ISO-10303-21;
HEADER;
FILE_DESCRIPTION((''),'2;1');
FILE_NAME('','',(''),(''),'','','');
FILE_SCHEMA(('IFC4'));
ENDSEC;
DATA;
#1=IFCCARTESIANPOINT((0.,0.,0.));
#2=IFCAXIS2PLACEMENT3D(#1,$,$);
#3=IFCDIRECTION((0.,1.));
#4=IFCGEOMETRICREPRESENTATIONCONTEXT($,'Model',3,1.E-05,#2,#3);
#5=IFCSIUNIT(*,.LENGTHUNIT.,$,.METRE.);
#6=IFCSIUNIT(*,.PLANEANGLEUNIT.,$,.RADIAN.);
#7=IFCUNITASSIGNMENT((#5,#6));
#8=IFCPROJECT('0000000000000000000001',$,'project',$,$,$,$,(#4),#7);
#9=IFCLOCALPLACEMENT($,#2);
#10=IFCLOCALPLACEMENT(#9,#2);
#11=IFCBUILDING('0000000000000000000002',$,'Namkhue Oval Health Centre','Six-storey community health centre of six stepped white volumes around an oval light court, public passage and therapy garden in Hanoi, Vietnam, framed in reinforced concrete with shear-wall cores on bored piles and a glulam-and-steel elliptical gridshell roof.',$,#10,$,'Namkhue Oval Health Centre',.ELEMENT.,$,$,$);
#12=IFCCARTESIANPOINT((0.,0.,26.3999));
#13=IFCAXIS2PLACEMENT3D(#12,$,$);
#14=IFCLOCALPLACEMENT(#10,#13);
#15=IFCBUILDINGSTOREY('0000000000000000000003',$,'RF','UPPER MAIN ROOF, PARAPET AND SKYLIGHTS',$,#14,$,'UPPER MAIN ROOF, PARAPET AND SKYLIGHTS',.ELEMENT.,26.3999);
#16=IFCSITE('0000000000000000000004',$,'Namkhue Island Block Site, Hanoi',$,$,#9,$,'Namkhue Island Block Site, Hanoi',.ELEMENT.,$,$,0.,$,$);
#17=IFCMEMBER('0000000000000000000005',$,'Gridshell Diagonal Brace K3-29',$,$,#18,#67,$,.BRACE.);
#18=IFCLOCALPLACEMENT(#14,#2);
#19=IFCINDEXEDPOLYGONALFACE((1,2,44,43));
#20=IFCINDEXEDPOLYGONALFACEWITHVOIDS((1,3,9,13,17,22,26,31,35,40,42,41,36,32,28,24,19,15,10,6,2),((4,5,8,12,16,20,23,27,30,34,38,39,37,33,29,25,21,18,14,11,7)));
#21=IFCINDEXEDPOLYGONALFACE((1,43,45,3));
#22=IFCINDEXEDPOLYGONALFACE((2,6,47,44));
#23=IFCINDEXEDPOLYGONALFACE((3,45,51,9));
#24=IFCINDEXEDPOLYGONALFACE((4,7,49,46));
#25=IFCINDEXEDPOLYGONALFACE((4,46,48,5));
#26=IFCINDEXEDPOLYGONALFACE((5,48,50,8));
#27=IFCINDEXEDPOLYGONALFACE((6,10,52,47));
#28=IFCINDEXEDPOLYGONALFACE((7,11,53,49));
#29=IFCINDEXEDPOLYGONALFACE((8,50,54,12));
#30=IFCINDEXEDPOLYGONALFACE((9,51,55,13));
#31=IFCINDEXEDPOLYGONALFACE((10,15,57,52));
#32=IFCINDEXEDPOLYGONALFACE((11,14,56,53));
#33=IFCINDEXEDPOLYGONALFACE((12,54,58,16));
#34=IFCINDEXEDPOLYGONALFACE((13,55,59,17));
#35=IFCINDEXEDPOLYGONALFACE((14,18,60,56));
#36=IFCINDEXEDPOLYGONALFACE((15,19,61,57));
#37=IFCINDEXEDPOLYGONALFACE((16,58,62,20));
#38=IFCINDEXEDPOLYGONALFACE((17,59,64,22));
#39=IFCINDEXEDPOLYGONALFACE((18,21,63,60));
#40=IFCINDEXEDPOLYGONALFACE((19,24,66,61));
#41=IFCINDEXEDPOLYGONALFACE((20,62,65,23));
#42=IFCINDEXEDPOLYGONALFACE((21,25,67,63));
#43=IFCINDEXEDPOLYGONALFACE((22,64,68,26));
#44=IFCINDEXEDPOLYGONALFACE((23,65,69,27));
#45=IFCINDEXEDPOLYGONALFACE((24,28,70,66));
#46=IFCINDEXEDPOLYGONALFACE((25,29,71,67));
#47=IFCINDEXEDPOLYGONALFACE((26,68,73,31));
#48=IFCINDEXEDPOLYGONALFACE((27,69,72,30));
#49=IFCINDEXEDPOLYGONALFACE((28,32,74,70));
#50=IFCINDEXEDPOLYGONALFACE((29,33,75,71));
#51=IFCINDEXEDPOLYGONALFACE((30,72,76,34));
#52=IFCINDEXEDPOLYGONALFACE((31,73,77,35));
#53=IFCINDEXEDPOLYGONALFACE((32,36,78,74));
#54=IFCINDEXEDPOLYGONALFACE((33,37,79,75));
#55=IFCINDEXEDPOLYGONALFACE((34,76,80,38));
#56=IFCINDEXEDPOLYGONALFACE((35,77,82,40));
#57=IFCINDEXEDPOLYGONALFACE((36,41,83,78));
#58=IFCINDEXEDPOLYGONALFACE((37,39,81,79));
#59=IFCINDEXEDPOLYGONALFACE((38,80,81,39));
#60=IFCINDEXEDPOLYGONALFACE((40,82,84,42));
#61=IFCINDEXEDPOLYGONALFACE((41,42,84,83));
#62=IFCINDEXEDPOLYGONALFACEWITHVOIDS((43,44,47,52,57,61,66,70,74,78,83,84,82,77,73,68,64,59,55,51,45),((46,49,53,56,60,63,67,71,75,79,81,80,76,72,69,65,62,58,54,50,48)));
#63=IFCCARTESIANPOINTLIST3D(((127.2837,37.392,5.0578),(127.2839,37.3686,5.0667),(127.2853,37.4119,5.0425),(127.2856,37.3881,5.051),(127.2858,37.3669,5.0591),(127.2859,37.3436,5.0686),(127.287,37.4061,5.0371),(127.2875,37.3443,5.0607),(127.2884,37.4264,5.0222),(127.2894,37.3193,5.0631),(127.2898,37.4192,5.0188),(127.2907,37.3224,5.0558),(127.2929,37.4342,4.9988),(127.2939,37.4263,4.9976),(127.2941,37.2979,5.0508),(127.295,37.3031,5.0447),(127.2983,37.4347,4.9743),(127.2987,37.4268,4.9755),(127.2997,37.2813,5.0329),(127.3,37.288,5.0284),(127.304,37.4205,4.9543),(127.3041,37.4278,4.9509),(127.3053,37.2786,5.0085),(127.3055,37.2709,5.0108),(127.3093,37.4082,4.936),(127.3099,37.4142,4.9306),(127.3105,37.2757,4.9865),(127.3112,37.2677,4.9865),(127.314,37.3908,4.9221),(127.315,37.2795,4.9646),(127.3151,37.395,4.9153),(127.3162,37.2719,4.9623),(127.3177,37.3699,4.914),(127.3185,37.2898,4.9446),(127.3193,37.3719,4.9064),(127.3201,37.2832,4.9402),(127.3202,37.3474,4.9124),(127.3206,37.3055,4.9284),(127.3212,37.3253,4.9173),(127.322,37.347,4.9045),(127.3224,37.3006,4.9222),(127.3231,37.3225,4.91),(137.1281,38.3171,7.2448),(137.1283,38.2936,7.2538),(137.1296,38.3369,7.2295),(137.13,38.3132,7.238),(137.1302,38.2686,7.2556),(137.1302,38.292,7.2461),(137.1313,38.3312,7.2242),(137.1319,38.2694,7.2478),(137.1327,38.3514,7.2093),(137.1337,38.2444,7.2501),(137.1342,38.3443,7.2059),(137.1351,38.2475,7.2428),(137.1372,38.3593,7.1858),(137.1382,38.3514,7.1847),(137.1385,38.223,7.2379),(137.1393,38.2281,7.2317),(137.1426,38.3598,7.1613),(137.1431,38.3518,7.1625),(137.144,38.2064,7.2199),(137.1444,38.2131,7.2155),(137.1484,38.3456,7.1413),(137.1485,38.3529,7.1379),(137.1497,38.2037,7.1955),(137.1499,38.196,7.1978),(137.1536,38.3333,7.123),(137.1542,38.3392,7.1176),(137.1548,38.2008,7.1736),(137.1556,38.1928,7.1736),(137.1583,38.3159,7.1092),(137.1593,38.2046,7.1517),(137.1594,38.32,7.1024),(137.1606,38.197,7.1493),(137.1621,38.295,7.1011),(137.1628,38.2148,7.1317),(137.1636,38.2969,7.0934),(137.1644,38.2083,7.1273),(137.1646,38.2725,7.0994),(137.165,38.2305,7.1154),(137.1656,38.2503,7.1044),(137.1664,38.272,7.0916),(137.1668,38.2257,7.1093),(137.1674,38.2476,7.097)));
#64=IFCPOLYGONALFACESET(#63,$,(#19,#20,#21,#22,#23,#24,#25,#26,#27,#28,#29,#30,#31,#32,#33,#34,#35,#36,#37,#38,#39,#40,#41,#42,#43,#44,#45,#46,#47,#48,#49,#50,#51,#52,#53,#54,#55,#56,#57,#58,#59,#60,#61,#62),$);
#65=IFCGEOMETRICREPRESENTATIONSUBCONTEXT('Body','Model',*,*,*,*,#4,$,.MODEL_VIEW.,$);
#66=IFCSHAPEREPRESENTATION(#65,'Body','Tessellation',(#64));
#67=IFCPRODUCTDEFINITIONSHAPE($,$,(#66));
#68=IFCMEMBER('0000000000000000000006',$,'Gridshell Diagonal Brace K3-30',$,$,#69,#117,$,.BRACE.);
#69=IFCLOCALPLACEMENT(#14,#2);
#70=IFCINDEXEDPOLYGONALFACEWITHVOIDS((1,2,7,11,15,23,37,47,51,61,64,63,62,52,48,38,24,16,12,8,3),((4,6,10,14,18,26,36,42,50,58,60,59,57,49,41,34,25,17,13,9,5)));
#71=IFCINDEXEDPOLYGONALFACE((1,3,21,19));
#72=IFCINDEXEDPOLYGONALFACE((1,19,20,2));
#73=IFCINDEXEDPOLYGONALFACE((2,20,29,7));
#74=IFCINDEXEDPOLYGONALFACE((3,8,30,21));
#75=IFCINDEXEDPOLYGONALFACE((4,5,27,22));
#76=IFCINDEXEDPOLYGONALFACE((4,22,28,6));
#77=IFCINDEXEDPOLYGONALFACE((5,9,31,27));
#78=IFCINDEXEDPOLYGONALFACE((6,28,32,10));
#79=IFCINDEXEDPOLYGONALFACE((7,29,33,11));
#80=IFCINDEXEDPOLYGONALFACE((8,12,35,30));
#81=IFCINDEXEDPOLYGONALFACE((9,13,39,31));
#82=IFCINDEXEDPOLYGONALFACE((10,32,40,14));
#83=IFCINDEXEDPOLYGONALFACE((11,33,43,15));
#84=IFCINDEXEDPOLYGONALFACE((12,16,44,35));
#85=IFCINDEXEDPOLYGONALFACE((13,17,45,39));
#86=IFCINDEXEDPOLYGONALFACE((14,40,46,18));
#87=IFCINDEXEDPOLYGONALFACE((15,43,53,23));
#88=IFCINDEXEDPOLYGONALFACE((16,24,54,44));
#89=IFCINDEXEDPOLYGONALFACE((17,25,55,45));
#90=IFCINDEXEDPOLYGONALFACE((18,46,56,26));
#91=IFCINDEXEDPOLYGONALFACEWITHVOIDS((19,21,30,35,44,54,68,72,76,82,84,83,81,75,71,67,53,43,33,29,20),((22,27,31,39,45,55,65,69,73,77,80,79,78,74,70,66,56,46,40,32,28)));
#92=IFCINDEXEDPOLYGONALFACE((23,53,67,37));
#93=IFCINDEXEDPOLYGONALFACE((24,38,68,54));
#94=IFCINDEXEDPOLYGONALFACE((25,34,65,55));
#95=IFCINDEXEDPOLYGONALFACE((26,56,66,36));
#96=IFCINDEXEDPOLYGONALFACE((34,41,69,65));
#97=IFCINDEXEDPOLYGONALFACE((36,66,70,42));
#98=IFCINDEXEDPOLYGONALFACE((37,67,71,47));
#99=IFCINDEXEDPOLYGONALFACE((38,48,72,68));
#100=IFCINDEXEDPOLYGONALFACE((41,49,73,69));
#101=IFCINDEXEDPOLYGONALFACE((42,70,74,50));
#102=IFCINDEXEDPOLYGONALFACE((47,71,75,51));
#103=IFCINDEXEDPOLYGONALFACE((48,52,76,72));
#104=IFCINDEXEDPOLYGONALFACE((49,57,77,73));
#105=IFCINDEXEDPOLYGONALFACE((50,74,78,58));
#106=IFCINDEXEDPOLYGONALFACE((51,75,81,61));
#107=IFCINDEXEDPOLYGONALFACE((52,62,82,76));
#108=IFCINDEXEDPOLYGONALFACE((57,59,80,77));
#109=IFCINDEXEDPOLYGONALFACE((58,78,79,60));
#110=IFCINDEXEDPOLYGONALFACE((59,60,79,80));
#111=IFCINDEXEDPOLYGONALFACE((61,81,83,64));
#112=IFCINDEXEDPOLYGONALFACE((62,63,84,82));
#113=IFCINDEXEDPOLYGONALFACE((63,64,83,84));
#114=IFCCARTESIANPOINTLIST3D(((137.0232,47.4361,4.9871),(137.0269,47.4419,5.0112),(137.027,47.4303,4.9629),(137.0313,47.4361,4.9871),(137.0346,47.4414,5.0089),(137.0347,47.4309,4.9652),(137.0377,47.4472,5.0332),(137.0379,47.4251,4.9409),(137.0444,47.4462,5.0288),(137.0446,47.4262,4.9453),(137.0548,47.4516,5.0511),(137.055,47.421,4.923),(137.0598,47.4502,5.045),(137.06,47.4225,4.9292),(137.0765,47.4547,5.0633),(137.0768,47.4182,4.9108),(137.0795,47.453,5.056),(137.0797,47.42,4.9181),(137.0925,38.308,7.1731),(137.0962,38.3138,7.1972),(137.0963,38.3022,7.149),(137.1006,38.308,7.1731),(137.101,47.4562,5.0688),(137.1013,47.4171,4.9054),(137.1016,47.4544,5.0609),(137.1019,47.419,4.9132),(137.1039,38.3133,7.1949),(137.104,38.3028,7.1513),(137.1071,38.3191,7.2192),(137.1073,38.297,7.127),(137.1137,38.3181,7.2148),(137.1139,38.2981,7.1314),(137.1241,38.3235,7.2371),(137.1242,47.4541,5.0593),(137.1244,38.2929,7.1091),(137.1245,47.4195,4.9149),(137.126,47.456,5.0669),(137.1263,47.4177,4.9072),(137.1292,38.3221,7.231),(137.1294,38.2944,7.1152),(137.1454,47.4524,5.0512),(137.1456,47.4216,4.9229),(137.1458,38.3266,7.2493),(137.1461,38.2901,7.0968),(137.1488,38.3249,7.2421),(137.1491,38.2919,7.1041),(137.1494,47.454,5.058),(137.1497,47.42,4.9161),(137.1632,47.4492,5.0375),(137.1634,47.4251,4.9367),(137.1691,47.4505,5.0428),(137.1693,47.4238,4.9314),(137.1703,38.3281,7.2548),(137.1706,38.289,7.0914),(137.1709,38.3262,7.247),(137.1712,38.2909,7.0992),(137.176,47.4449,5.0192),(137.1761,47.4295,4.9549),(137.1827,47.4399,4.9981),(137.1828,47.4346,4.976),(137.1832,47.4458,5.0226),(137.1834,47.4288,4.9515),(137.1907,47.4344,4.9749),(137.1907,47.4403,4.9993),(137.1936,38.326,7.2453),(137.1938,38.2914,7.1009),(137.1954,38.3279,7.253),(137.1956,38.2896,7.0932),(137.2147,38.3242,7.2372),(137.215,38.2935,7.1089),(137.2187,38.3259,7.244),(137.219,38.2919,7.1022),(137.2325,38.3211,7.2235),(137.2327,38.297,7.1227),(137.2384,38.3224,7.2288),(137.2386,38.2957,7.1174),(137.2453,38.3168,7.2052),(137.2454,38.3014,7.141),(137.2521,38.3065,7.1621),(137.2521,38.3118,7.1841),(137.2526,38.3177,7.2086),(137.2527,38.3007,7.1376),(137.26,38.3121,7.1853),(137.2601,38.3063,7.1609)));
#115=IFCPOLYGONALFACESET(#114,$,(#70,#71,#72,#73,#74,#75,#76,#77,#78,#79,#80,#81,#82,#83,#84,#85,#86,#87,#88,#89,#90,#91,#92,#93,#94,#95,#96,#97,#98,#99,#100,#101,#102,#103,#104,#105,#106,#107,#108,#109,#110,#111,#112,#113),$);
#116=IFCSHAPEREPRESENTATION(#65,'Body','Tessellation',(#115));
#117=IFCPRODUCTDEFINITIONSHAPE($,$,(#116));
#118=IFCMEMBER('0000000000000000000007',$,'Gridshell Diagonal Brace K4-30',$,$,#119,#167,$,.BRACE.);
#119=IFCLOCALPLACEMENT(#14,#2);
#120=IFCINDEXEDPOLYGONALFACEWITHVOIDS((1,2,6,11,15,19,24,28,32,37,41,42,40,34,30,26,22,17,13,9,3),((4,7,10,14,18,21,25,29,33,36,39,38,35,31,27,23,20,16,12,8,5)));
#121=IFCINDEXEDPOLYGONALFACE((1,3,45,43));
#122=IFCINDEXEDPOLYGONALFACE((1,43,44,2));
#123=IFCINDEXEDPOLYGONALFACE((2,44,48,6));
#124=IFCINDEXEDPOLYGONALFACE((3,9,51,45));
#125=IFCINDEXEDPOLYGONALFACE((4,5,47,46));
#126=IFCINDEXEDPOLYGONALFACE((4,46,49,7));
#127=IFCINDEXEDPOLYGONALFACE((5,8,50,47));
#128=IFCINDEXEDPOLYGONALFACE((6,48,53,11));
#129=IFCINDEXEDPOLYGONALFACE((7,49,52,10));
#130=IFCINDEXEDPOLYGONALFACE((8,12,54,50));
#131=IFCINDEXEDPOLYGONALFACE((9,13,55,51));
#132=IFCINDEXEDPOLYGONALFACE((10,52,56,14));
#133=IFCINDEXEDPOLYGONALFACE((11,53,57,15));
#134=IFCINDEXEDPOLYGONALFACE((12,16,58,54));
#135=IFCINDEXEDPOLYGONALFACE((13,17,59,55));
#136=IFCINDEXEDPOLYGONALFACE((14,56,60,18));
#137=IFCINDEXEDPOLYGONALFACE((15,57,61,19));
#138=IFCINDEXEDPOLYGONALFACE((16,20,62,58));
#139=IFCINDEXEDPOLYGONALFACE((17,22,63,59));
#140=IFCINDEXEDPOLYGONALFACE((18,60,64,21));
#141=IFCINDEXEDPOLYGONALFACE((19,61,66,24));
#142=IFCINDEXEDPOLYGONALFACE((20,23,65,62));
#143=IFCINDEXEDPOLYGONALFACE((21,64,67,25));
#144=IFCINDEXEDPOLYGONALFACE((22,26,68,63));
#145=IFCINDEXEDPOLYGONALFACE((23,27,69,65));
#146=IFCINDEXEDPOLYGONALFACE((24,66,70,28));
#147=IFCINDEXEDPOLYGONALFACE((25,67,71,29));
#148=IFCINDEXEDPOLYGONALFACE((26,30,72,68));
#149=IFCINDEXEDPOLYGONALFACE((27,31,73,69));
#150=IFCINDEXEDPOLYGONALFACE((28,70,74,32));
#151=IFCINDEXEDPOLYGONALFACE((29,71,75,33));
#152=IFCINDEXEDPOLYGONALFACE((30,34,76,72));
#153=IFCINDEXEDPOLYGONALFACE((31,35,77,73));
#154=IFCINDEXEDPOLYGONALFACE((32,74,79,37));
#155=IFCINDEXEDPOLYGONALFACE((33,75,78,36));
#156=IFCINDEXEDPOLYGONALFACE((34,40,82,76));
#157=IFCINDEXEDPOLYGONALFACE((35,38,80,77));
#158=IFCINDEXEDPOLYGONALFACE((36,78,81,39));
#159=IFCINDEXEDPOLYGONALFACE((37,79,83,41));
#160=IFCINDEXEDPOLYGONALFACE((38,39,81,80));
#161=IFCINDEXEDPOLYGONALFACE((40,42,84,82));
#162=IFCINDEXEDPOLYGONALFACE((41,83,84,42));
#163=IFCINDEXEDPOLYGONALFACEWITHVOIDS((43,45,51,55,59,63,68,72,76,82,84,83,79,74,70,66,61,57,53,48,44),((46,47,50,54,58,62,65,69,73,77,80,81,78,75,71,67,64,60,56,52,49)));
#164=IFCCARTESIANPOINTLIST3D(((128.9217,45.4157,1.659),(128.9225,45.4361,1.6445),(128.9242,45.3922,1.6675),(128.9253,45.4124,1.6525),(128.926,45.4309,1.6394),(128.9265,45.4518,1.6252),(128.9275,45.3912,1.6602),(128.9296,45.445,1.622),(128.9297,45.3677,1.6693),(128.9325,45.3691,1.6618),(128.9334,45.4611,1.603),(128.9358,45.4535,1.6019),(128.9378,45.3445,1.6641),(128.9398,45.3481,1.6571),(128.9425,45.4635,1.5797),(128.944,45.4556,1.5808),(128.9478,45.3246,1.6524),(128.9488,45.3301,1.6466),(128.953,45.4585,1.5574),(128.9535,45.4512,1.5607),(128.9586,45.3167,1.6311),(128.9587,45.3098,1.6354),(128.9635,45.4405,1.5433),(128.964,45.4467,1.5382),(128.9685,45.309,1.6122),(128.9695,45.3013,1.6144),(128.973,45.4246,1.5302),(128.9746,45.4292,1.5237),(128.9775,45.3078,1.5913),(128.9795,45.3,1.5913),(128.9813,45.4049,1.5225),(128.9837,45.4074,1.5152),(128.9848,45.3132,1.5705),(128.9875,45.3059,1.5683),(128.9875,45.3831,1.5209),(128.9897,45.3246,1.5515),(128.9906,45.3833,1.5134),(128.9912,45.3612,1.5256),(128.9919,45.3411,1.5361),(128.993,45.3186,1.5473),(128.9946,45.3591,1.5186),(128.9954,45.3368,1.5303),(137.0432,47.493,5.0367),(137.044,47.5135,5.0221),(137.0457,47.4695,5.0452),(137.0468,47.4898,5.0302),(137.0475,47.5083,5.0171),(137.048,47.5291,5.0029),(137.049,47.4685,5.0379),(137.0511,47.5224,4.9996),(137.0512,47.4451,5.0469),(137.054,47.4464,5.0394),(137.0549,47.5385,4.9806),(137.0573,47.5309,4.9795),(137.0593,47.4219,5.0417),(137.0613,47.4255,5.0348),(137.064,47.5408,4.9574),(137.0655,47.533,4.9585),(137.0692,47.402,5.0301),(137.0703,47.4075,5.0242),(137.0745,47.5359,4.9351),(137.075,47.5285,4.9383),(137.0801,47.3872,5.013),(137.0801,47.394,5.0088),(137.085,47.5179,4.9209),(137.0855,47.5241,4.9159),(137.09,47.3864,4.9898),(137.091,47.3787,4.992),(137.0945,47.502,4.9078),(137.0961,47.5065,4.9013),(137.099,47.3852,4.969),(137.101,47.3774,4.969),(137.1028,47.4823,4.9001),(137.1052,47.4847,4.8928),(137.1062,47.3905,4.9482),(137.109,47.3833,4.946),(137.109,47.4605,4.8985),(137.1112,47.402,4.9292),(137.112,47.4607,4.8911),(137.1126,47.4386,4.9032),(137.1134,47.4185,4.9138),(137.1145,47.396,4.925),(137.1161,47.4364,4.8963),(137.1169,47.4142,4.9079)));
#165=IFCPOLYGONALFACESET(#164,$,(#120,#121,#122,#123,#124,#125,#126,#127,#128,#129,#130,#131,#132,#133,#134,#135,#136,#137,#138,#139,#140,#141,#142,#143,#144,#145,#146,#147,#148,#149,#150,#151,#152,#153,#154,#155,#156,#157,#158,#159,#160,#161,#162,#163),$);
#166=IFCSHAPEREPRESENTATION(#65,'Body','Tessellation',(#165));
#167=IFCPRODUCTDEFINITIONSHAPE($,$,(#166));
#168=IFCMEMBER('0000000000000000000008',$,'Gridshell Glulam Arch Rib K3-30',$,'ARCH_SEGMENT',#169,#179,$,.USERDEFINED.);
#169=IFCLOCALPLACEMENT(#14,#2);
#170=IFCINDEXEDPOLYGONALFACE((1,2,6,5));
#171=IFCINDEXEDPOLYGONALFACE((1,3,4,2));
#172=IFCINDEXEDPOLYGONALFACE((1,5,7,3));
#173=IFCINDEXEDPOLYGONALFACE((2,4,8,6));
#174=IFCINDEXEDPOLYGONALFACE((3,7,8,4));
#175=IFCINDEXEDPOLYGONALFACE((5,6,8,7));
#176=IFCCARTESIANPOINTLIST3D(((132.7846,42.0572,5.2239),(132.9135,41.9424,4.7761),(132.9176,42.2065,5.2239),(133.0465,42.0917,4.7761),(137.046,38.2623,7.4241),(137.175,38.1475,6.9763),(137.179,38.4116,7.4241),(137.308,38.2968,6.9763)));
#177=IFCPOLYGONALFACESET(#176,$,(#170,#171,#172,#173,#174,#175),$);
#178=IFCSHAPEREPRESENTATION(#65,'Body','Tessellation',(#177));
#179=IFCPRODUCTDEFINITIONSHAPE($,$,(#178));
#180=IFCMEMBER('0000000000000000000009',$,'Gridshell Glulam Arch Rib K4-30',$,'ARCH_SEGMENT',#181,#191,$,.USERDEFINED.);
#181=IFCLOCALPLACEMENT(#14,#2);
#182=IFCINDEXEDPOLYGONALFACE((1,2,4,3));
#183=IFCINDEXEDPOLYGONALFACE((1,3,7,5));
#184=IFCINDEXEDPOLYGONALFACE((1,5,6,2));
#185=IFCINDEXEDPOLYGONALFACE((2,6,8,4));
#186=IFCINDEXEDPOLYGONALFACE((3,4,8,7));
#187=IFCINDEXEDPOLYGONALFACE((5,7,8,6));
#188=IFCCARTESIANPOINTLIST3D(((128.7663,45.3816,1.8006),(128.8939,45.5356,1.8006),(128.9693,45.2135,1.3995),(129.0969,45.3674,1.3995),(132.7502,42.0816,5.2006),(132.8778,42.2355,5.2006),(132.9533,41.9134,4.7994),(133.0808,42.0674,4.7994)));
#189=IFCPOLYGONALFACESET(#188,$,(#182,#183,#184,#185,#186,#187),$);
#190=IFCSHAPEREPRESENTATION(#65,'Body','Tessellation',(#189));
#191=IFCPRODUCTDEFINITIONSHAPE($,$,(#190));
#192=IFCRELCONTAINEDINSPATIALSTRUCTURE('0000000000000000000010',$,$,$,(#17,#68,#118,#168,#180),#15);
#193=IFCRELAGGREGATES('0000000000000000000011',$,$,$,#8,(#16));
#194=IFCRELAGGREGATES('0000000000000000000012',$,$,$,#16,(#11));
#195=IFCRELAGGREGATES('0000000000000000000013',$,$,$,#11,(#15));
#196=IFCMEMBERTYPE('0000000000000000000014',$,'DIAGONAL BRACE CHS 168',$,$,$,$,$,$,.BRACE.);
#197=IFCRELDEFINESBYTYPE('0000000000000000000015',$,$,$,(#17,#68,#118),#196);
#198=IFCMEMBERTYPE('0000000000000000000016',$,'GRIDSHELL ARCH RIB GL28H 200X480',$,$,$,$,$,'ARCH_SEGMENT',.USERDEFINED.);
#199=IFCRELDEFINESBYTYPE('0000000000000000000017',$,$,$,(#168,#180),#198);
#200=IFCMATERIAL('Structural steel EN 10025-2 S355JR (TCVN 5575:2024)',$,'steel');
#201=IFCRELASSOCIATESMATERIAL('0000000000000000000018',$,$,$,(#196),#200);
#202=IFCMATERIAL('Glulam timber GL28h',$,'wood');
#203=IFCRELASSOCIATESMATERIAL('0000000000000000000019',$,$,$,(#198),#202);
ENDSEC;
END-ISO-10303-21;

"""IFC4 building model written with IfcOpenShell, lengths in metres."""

from ifc_helpers import new_model, si_unit, direction, frame, origin, origin_2d, place, context, subcontext, project, spatial, rectangle, hollow_circle, extrude, material, material_profile, profile_set, type_object, element, save


model = new_model("IFC4")

# Units and contexts
model_context = context("Model", 3, precision=1e-05, world=origin(), true_north=direction((0.0, 1.0)))
body_context = subcontext(model_context, "Body", "Model", "MODEL_VIEW")
ifc_project = project(units=[si_unit("LENGTHUNIT", "METRE"), si_unit("PLANEANGLEUNIT", "RADIAN")], contexts=[model_context])

# Site, building, storey
site_placement = place(None, origin())
site = spatial("IfcSite", under=ifc_project, at=site_placement, Name="Namkhue Island Block Site, Hanoi", LongName="Namkhue Island Block Site, Hanoi", CompositionType="ELEMENT", RefElevation=0.0)
building_placement = place(site_placement, origin())
building = spatial("IfcBuilding", under=site, at=building_placement, Name="Namkhue Oval Health Centre", Description="Six-storey community health centre of six stepped white volumes around an oval light court, public passage and therapy garden in Hanoi, Vietnam, framed in reinforced concrete with shear-wall cores on bored piles and a glulam-and-steel elliptical gridshell roof.", LongName="Namkhue Oval Health Centre", CompositionType="ELEMENT")
storey_placement = place(building_placement, frame((0.0, 0.0, 26.3999)))
storey = spatial("IfcBuildingStorey", under=building, at=storey_placement, Name="RF", Description="UPPER MAIN ROOF, PARAPET AND SKYLIGHTS", LongName="UPPER MAIN ROOF, PARAPET AND SKYLIGHTS", CompositionType="ELEMENT", Elevation=26.3999)

# Members
ifc_material_1 = material(Name="Structural steel EN 10025-2 S355JR (TCVN 5575:2024)", Category="steel")
ifc_material_profile_1 = material_profile(ifc_material_1, hollow_circle(Radius=0.0842, WallThickness=0.0081, at=origin_2d()), Name="CHS 168.3x8")
ifc_profile_set_1 = profile_set([ifc_material_profile_1], Name="Structural steel EN 10025-2 S355JR (TCVN 5575:2024)")
member_type_1 = type_object("IfcMemberType", Name="DIAGONAL BRACE CHS 168", PredefinedType="BRACE", material=ifc_profile_set_1)
member_1_placement = place(storey_placement, frame((137.1477, 38.2766, 7.1736), z_axis=(-0.972118, -0.091349, -0.215967), x_axis=(0.093556, -0.995614, 0.0)))
element("IfcMember", 1, at=member_1_placement, inside=storey, type_object=member_type_1, Name="Gridshell Diagonal Brace K3-29", PredefinedType="BRACE", context=body_context, shape_type="SweptSolid", body=[
    extrude(hollow_circle(Radius=0.0842, WallThickness=0.0081, at=origin_2d()), origin(), (0.0, 0.0, 1.0), 10.1267),
])
member_2_placement = place(storey_placement, frame((137.1768, 38.3086, 7.1731), z_axis=(-0.007387, 0.972475, -0.23289), x_axis=(-0.999971, -0.007596, 0.0)))
element("IfcMember", 2, at=member_2_placement, inside=storey, type_object=member_type_1, Name="Gridshell Diagonal Brace K3-30", PredefinedType="BRACE", context=body_context, shape_type="SweptSolid", body=[
    extrude(hollow_circle(Radius=0.0842, WallThickness=0.0081, at=origin_2d()), origin(), (0.0, 0.0, 1.0), 9.3865),
])
member_3_placement = place(storey_placement, frame((137.0801, 47.459, 4.969), z_axis=(-0.89861, -0.229852, -0.373723), x_axis=(0.247808, -0.968809, 0.0)))
element("IfcMember", 3, at=member_3_placement, inside=storey, type_object=member_type_1, Name="Gridshell Diagonal Brace K4-30", PredefinedType="BRACE", context=body_context, shape_type="SweptSolid", body=[
    extrude(hollow_circle(Radius=0.0842, WallThickness=0.0081, at=origin_2d()), origin(), (0.0, 0.0, 1.0), 9.0378),
])
ifc_material_2 = material(Name="Glulam timber GL28h", Category="wood")
ifc_material_profile_2 = material_profile(ifc_material_2, rectangle(XDim=0.2, YDim=0.48, at=origin_2d()), Name="GL28h 200x480")
ifc_profile_set_2 = profile_set([ifc_material_profile_2], Name="Glulam timber GL28h")
member_type_2 = type_object("IfcMemberType", Name="GRIDSHELL ARCH RIB GL28H 200X480", ElementType="ARCH_SEGMENT", PredefinedType="USERDEFINED", material=ifc_profile_set_2)
member_4_placement = place(storey_placement, frame((137.177, 38.2795, 7.2002), z_axis=(-0.696803, 0.620516, -0.359759), x_axis=(-0.665043, -0.746805, 0.0)))
element("IfcMember", 4, at=member_4_placement, inside=storey, type_object=member_type_2, Name="Gridshell Glulam Arch Rib K3-30", ObjectType="ARCH_SEGMENT", PredefinedType="USERDEFINED", context=body_context, shape_type="SweptSolid", body=[
    extrude(rectangle(XDim=0.2, YDim=0.48, at=origin_2d()), origin(), (0.0, 0.0, 1.0), 6.1157),
])
member_5_placement = place(storey_placement, frame((132.9155, 42.0745, 5.0), z_axis=(-0.643559, 0.533092, -0.549222), x_axis=(-0.637916, -0.770106, 0.0)))
element("IfcMember", 5, at=member_5_placement, inside=storey, type_object=member_type_2, Name="Gridshell Glulam Arch Rib K4-30", ObjectType="ARCH_SEGMENT", PredefinedType="USERDEFINED", context=body_context, shape_type="SweptSolid", body=[
    extrude(rectangle(XDim=0.2, YDim=0.48, at=origin_2d()), origin(), (0.0, 0.0, 1.0), 6.1904),
])

save(model, "model.ifc")
